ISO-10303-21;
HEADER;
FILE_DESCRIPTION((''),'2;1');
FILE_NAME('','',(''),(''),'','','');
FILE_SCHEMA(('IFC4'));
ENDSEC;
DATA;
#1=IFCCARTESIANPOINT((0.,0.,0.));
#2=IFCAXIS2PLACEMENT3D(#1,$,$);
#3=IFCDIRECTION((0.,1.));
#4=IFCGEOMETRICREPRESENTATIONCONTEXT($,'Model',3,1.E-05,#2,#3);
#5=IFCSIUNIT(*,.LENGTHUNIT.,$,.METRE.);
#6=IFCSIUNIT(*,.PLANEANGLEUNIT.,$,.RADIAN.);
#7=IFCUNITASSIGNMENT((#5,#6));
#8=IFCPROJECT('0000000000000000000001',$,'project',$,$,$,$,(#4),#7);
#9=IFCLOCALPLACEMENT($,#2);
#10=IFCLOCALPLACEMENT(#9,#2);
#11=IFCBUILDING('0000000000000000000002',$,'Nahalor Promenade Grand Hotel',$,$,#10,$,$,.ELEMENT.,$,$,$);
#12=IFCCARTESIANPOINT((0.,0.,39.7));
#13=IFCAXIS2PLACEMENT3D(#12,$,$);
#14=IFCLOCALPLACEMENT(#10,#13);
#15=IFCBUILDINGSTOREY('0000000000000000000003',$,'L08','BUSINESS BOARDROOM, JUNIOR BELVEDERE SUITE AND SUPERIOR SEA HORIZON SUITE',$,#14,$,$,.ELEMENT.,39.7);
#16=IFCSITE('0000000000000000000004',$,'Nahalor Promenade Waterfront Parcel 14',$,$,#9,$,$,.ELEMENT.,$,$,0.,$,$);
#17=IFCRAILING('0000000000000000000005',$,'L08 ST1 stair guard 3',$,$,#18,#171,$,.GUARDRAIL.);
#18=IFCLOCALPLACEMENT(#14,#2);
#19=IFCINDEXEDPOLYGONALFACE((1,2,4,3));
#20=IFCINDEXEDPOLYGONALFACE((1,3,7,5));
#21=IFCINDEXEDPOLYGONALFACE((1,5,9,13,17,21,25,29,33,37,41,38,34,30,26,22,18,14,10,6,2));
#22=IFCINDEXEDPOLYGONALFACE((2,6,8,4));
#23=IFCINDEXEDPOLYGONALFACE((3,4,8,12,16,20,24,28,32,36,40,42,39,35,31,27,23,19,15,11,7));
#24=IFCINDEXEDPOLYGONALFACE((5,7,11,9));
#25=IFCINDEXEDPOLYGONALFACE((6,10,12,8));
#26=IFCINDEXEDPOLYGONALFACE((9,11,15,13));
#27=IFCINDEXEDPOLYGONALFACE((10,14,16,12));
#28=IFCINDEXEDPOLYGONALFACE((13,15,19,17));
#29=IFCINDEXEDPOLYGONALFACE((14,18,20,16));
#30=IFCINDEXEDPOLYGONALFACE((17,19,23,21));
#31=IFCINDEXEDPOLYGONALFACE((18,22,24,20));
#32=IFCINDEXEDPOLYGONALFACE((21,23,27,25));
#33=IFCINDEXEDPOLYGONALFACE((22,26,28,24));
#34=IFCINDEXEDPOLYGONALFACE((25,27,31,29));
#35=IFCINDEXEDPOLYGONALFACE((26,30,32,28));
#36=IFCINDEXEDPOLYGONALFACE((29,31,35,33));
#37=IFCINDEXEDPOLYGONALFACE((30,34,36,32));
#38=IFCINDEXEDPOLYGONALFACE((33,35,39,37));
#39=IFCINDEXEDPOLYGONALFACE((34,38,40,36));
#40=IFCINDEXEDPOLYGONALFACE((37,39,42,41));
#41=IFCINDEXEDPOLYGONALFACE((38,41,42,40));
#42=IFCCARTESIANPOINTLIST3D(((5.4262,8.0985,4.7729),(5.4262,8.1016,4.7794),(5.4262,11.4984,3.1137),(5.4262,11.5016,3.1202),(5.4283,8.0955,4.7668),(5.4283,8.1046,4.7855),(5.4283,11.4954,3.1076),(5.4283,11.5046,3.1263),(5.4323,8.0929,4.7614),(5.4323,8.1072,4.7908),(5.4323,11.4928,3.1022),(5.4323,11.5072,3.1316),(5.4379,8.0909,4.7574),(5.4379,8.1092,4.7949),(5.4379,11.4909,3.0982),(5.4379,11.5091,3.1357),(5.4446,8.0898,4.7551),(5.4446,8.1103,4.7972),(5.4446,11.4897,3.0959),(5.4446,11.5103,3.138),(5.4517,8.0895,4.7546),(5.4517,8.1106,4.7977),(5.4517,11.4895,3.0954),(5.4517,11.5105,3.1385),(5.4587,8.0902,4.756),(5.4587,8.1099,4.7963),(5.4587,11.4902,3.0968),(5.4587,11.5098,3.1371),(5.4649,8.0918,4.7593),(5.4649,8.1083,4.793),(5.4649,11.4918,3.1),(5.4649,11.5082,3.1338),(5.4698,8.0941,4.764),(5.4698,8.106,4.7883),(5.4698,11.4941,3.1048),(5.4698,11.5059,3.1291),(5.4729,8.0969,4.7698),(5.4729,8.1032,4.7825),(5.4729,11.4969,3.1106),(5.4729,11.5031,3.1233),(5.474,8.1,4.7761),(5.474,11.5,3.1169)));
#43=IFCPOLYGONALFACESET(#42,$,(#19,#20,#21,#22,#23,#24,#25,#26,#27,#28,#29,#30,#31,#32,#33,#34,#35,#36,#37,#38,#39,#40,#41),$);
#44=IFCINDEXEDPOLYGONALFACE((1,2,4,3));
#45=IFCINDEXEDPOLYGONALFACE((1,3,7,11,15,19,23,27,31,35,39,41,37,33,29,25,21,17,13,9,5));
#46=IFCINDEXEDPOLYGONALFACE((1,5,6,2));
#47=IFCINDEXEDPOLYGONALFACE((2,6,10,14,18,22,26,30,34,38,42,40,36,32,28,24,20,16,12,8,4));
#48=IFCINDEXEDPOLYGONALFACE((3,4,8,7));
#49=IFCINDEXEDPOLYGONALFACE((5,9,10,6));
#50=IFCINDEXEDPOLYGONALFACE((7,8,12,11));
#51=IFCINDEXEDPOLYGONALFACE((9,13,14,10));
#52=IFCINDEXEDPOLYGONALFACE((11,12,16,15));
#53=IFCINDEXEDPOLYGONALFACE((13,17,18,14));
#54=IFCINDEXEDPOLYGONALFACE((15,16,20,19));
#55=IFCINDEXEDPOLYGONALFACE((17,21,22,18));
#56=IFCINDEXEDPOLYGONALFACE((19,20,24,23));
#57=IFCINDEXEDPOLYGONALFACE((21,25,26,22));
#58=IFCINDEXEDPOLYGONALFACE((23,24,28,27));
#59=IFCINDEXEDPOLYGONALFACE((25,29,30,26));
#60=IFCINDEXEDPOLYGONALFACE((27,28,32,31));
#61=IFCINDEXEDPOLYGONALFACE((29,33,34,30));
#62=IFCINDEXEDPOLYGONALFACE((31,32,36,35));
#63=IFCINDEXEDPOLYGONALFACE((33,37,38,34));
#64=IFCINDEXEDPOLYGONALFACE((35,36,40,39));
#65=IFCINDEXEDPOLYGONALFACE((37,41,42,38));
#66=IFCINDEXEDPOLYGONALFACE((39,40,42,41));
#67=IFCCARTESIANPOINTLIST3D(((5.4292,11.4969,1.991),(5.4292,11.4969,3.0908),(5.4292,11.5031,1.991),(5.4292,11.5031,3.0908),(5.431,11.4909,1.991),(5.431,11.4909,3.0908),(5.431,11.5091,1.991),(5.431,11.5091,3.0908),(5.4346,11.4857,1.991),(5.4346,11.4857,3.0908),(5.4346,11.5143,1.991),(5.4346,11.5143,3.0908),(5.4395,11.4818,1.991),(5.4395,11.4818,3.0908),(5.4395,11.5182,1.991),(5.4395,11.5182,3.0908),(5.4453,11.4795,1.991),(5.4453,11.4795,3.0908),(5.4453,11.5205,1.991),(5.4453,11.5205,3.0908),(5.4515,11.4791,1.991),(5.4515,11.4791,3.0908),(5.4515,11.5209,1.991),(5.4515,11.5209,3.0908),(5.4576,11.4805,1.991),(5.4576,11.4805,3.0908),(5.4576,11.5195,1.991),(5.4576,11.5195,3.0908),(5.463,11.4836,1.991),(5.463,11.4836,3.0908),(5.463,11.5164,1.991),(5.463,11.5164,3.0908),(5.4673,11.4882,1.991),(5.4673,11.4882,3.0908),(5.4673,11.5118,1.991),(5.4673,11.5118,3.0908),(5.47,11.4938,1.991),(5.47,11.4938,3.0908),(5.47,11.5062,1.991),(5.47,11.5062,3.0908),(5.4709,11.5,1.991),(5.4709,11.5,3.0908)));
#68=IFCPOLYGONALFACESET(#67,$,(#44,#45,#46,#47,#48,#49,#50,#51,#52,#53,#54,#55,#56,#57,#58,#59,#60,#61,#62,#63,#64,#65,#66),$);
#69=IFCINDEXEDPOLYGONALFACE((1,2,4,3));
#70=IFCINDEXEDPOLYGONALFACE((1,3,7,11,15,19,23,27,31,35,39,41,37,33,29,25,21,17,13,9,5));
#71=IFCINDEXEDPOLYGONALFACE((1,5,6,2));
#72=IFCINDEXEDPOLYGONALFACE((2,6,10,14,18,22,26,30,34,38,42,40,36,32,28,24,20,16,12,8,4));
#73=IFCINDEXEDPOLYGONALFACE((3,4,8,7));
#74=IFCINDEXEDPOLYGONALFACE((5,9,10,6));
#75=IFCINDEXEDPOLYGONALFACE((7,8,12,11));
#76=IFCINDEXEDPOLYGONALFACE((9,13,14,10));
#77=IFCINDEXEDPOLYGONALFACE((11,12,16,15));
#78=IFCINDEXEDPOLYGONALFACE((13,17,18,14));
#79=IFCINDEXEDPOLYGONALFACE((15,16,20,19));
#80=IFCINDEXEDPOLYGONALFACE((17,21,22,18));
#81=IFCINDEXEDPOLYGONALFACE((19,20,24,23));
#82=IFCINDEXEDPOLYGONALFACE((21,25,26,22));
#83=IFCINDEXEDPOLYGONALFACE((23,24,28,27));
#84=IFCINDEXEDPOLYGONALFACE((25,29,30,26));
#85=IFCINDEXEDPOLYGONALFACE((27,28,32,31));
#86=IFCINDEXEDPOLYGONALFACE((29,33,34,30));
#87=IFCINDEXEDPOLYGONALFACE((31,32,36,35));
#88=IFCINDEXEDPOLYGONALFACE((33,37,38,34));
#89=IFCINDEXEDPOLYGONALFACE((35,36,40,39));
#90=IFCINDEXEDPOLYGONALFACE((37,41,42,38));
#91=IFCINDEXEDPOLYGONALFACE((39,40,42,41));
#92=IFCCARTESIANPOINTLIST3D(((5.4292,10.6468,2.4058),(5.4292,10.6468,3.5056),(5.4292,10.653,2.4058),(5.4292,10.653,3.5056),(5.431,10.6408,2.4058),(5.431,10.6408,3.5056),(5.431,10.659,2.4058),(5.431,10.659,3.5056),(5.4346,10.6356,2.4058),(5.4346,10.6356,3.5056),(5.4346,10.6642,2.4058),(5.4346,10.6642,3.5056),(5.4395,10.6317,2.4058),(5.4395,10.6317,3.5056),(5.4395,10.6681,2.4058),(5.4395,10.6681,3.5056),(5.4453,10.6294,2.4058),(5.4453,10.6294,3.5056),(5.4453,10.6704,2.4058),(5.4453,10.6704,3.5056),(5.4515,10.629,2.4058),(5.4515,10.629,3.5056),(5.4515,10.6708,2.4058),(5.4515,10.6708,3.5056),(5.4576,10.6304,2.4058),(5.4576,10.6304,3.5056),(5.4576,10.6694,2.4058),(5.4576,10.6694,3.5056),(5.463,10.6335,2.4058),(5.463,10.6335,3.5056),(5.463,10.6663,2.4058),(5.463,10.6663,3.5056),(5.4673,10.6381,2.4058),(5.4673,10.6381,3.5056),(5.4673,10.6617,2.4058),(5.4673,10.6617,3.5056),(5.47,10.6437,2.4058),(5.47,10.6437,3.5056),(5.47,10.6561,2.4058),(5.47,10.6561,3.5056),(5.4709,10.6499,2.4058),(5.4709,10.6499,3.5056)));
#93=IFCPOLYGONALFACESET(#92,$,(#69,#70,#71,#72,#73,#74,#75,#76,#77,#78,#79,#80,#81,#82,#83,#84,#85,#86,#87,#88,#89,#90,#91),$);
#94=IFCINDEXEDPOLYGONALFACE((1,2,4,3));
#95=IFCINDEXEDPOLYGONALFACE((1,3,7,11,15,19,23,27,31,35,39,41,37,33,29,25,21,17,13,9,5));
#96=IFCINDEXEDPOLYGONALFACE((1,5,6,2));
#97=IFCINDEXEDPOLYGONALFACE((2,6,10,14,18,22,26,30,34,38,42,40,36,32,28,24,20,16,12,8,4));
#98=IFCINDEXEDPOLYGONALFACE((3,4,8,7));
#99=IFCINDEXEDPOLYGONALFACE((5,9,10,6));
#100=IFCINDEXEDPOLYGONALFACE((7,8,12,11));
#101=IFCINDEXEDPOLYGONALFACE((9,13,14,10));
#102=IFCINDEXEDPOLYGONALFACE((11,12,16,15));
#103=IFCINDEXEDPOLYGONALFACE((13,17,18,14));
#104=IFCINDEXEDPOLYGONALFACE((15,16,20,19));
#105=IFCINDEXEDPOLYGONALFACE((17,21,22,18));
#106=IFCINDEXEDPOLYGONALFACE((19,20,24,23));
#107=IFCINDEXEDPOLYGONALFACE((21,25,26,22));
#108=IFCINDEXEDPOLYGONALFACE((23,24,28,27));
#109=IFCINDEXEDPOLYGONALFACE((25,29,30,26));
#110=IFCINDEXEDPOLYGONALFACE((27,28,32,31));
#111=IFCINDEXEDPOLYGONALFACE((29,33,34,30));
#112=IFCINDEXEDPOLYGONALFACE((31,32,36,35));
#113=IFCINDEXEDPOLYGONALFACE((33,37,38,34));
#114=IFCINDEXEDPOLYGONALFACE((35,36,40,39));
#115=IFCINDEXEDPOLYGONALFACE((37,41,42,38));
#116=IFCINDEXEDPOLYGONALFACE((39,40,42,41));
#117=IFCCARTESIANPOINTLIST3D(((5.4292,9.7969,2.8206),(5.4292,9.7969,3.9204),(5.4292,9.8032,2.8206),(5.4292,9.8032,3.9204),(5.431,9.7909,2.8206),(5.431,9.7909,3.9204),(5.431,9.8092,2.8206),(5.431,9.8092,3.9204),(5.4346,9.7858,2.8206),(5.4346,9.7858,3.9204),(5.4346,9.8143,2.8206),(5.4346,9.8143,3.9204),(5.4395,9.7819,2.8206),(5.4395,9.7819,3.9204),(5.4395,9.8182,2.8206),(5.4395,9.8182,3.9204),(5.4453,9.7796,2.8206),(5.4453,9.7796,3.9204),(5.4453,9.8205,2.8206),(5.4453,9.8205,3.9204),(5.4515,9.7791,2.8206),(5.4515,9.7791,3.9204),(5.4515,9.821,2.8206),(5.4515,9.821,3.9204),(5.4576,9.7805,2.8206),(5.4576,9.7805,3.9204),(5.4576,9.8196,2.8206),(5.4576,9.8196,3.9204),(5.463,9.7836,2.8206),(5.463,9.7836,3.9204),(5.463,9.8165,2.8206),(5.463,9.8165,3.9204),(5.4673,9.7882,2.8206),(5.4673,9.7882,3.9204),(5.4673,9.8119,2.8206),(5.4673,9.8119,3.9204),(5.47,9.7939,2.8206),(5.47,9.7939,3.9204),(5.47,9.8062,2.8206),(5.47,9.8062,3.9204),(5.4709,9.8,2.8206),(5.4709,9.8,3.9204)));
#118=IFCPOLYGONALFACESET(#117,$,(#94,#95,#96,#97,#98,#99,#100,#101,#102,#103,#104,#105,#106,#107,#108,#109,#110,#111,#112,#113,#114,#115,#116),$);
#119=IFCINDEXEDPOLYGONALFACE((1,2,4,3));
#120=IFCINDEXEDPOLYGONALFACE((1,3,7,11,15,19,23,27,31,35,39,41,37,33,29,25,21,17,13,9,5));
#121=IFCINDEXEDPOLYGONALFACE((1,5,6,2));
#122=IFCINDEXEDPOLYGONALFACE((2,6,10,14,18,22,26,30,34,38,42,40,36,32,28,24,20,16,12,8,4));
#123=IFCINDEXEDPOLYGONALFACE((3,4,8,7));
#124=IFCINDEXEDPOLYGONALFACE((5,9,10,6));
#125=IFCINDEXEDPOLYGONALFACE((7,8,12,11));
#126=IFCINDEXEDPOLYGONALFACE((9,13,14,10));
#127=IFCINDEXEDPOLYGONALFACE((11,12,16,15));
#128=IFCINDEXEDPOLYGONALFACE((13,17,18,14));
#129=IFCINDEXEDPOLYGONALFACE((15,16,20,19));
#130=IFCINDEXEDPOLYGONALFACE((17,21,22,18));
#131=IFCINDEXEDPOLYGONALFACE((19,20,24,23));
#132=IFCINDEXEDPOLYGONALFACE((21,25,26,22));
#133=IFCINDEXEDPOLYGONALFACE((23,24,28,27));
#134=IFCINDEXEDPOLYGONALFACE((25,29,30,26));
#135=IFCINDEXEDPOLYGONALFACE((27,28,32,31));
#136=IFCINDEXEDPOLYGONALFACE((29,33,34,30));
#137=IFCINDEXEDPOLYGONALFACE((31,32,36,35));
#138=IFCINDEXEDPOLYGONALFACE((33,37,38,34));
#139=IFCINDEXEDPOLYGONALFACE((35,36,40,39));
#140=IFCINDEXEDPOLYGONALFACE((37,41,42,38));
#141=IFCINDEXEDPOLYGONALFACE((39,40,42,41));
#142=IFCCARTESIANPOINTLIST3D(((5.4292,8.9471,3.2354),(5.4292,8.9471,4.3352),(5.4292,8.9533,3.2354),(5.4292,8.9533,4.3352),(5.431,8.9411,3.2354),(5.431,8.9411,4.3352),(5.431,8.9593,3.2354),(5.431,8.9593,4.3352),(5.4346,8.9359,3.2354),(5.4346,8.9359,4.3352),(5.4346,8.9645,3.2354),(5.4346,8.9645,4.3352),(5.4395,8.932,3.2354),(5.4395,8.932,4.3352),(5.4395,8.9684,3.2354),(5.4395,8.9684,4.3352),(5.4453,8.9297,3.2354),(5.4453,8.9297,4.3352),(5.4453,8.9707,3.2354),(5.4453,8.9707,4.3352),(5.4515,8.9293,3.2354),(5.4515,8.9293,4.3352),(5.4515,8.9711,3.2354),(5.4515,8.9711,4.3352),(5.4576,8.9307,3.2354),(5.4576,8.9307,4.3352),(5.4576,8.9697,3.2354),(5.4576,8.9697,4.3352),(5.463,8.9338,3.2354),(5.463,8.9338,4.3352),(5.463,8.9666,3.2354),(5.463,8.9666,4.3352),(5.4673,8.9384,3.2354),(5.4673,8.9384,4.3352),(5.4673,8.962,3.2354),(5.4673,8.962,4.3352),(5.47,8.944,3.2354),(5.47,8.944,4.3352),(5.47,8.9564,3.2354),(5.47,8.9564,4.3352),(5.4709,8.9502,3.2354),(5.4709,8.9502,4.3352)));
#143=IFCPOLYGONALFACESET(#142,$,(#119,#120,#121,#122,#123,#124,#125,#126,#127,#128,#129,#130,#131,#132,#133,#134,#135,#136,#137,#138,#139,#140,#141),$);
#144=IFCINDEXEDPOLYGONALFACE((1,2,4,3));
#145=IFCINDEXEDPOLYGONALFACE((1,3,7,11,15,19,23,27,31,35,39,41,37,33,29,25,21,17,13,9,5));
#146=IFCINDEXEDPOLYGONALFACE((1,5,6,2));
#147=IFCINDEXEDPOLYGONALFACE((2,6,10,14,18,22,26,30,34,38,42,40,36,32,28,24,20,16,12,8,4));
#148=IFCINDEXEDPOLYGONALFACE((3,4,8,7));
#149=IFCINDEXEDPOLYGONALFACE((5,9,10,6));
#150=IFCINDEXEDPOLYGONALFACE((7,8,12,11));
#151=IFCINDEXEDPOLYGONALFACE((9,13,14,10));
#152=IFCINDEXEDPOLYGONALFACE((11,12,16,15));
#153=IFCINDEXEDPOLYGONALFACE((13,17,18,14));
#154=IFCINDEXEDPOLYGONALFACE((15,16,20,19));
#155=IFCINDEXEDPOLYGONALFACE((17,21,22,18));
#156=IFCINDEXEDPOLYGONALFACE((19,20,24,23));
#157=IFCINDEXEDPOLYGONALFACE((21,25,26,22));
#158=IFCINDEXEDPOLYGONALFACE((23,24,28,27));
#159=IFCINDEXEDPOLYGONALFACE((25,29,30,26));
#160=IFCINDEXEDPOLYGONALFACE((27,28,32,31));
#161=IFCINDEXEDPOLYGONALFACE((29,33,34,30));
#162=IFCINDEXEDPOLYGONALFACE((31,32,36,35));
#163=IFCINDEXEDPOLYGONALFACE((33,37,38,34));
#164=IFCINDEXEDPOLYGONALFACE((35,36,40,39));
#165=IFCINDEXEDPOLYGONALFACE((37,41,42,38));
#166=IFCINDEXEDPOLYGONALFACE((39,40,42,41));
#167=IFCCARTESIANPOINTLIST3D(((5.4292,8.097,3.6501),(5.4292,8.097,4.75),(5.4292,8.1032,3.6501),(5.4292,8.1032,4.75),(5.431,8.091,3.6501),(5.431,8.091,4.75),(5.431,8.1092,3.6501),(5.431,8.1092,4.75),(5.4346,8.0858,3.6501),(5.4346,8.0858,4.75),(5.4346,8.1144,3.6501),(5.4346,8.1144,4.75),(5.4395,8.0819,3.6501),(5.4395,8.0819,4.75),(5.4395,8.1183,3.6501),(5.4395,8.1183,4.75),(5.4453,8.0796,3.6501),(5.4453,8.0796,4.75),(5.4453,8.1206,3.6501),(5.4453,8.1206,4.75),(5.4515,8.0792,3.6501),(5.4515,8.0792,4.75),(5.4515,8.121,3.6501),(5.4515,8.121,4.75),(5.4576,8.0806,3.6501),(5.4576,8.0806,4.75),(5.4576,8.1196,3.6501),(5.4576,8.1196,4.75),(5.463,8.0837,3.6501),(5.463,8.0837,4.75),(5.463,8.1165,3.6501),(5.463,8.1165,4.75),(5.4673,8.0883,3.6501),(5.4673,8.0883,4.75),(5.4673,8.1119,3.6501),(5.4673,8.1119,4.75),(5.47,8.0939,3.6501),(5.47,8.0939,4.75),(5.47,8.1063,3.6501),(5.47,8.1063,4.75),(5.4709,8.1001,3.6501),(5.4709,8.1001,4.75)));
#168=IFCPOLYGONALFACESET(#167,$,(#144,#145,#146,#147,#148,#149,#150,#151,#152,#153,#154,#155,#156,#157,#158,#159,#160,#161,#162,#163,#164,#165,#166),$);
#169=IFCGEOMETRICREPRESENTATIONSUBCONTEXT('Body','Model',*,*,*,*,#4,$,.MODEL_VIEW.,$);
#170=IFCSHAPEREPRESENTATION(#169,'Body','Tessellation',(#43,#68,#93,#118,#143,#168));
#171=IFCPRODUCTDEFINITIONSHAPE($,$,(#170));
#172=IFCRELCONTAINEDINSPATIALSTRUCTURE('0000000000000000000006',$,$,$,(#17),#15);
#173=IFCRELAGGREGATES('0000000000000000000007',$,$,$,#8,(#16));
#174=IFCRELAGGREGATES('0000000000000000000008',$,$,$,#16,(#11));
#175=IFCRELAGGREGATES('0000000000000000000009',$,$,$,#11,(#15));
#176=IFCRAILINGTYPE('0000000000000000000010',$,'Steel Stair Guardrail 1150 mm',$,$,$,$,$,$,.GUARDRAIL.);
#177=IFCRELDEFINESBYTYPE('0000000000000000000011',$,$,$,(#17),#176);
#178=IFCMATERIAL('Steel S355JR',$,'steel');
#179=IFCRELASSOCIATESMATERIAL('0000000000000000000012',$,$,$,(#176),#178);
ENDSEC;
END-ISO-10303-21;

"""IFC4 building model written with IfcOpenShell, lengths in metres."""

from ifc_helpers import new_model, si_unit, direction, frame, origin, origin_2d, place, context, subcontext, project, spatial, circle, extrude, material, type_object, element, save


model = new_model("IFC4")

# Units and contexts
model_context = context("Model", 3, precision=1e-05, world=origin(), true_north=direction((0.0, 1.0)))
body_context = subcontext(model_context, "Body", "Model", "MODEL_VIEW")
ifc_project = project(units=[si_unit("LENGTHUNIT", "METRE"), si_unit("PLANEANGLEUNIT", "RADIAN")], contexts=[model_context])

# Site, building, storey
site_placement = place(None, origin())
site = spatial("IfcSite", under=ifc_project, at=site_placement, Name="Nahalor Promenade Waterfront Parcel 14", CompositionType="ELEMENT", RefElevation=0.0)
building_placement = place(site_placement, origin())
building = spatial("IfcBuilding", under=site, at=building_placement, Name="Nahalor Promenade Grand Hotel", CompositionType="ELEMENT")
storey_placement = place(building_placement, frame((0.0, 0.0, 39.7)))
storey = spatial("IfcBuildingStorey", under=building, at=storey_placement, Name="L08", Description="BUSINESS BOARDROOM, JUNIOR BELVEDERE SUITE AND SUPERIOR SEA HORIZON SUITE", CompositionType="ELEMENT", Elevation=39.7)

# Shared definitions
ifc_material_1 = material(Name="Steel S355JR", Category="steel")

# Railing
railing_type_1 = type_object("IfcRailingType", Name="Steel Stair Guardrail 1150 mm", PredefinedType="GUARDRAIL", material=ifc_material_1)
railing_1_placement = place(storey_placement, frame((5.45, 11.5, 1.991)))
element("IfcRailing", 1, at=railing_1_placement, inside=storey, type_object=railing_type_1, Name="L08 ST1 stair guard 3", PredefinedType="GUARDRAIL", context=body_context, shape_type="SweptSolid", body=[
    extrude(circle(Radius=0.024, at=origin_2d()), frame((0.0, 0.0, 1.126), z_axis=(0.0, -0.898696, 0.438571), x_axis=(1.0, 0.0, 0.0)), (0.0, 0.0, 1.0), 3.7832),
    extrude(circle(Radius=0.021, at=origin_2d()), origin(), (0.0, 0.0, 1.0), 1.0999),
    extrude(circle(Radius=0.021, at=origin_2d()), frame((0.0, -0.8501, 0.4148)), (0.0, 0.0, 1.0), 1.0999),
    extrude(circle(Radius=0.021, at=origin_2d()), frame((0.0, -1.7, 0.8296)), (0.0, 0.0, 1.0), 1.0999),
    extrude(circle(Radius=0.021, at=origin_2d()), frame((0.0, -2.5498, 1.2444)), (0.0, 0.0, 1.0), 1.0999),
    extrude(circle(Radius=0.021, at=origin_2d()), frame((0.0, -3.3999, 1.6592)), (0.0, 0.0, 1.0), 1.0999),
])

save(model, "model.ifc")
